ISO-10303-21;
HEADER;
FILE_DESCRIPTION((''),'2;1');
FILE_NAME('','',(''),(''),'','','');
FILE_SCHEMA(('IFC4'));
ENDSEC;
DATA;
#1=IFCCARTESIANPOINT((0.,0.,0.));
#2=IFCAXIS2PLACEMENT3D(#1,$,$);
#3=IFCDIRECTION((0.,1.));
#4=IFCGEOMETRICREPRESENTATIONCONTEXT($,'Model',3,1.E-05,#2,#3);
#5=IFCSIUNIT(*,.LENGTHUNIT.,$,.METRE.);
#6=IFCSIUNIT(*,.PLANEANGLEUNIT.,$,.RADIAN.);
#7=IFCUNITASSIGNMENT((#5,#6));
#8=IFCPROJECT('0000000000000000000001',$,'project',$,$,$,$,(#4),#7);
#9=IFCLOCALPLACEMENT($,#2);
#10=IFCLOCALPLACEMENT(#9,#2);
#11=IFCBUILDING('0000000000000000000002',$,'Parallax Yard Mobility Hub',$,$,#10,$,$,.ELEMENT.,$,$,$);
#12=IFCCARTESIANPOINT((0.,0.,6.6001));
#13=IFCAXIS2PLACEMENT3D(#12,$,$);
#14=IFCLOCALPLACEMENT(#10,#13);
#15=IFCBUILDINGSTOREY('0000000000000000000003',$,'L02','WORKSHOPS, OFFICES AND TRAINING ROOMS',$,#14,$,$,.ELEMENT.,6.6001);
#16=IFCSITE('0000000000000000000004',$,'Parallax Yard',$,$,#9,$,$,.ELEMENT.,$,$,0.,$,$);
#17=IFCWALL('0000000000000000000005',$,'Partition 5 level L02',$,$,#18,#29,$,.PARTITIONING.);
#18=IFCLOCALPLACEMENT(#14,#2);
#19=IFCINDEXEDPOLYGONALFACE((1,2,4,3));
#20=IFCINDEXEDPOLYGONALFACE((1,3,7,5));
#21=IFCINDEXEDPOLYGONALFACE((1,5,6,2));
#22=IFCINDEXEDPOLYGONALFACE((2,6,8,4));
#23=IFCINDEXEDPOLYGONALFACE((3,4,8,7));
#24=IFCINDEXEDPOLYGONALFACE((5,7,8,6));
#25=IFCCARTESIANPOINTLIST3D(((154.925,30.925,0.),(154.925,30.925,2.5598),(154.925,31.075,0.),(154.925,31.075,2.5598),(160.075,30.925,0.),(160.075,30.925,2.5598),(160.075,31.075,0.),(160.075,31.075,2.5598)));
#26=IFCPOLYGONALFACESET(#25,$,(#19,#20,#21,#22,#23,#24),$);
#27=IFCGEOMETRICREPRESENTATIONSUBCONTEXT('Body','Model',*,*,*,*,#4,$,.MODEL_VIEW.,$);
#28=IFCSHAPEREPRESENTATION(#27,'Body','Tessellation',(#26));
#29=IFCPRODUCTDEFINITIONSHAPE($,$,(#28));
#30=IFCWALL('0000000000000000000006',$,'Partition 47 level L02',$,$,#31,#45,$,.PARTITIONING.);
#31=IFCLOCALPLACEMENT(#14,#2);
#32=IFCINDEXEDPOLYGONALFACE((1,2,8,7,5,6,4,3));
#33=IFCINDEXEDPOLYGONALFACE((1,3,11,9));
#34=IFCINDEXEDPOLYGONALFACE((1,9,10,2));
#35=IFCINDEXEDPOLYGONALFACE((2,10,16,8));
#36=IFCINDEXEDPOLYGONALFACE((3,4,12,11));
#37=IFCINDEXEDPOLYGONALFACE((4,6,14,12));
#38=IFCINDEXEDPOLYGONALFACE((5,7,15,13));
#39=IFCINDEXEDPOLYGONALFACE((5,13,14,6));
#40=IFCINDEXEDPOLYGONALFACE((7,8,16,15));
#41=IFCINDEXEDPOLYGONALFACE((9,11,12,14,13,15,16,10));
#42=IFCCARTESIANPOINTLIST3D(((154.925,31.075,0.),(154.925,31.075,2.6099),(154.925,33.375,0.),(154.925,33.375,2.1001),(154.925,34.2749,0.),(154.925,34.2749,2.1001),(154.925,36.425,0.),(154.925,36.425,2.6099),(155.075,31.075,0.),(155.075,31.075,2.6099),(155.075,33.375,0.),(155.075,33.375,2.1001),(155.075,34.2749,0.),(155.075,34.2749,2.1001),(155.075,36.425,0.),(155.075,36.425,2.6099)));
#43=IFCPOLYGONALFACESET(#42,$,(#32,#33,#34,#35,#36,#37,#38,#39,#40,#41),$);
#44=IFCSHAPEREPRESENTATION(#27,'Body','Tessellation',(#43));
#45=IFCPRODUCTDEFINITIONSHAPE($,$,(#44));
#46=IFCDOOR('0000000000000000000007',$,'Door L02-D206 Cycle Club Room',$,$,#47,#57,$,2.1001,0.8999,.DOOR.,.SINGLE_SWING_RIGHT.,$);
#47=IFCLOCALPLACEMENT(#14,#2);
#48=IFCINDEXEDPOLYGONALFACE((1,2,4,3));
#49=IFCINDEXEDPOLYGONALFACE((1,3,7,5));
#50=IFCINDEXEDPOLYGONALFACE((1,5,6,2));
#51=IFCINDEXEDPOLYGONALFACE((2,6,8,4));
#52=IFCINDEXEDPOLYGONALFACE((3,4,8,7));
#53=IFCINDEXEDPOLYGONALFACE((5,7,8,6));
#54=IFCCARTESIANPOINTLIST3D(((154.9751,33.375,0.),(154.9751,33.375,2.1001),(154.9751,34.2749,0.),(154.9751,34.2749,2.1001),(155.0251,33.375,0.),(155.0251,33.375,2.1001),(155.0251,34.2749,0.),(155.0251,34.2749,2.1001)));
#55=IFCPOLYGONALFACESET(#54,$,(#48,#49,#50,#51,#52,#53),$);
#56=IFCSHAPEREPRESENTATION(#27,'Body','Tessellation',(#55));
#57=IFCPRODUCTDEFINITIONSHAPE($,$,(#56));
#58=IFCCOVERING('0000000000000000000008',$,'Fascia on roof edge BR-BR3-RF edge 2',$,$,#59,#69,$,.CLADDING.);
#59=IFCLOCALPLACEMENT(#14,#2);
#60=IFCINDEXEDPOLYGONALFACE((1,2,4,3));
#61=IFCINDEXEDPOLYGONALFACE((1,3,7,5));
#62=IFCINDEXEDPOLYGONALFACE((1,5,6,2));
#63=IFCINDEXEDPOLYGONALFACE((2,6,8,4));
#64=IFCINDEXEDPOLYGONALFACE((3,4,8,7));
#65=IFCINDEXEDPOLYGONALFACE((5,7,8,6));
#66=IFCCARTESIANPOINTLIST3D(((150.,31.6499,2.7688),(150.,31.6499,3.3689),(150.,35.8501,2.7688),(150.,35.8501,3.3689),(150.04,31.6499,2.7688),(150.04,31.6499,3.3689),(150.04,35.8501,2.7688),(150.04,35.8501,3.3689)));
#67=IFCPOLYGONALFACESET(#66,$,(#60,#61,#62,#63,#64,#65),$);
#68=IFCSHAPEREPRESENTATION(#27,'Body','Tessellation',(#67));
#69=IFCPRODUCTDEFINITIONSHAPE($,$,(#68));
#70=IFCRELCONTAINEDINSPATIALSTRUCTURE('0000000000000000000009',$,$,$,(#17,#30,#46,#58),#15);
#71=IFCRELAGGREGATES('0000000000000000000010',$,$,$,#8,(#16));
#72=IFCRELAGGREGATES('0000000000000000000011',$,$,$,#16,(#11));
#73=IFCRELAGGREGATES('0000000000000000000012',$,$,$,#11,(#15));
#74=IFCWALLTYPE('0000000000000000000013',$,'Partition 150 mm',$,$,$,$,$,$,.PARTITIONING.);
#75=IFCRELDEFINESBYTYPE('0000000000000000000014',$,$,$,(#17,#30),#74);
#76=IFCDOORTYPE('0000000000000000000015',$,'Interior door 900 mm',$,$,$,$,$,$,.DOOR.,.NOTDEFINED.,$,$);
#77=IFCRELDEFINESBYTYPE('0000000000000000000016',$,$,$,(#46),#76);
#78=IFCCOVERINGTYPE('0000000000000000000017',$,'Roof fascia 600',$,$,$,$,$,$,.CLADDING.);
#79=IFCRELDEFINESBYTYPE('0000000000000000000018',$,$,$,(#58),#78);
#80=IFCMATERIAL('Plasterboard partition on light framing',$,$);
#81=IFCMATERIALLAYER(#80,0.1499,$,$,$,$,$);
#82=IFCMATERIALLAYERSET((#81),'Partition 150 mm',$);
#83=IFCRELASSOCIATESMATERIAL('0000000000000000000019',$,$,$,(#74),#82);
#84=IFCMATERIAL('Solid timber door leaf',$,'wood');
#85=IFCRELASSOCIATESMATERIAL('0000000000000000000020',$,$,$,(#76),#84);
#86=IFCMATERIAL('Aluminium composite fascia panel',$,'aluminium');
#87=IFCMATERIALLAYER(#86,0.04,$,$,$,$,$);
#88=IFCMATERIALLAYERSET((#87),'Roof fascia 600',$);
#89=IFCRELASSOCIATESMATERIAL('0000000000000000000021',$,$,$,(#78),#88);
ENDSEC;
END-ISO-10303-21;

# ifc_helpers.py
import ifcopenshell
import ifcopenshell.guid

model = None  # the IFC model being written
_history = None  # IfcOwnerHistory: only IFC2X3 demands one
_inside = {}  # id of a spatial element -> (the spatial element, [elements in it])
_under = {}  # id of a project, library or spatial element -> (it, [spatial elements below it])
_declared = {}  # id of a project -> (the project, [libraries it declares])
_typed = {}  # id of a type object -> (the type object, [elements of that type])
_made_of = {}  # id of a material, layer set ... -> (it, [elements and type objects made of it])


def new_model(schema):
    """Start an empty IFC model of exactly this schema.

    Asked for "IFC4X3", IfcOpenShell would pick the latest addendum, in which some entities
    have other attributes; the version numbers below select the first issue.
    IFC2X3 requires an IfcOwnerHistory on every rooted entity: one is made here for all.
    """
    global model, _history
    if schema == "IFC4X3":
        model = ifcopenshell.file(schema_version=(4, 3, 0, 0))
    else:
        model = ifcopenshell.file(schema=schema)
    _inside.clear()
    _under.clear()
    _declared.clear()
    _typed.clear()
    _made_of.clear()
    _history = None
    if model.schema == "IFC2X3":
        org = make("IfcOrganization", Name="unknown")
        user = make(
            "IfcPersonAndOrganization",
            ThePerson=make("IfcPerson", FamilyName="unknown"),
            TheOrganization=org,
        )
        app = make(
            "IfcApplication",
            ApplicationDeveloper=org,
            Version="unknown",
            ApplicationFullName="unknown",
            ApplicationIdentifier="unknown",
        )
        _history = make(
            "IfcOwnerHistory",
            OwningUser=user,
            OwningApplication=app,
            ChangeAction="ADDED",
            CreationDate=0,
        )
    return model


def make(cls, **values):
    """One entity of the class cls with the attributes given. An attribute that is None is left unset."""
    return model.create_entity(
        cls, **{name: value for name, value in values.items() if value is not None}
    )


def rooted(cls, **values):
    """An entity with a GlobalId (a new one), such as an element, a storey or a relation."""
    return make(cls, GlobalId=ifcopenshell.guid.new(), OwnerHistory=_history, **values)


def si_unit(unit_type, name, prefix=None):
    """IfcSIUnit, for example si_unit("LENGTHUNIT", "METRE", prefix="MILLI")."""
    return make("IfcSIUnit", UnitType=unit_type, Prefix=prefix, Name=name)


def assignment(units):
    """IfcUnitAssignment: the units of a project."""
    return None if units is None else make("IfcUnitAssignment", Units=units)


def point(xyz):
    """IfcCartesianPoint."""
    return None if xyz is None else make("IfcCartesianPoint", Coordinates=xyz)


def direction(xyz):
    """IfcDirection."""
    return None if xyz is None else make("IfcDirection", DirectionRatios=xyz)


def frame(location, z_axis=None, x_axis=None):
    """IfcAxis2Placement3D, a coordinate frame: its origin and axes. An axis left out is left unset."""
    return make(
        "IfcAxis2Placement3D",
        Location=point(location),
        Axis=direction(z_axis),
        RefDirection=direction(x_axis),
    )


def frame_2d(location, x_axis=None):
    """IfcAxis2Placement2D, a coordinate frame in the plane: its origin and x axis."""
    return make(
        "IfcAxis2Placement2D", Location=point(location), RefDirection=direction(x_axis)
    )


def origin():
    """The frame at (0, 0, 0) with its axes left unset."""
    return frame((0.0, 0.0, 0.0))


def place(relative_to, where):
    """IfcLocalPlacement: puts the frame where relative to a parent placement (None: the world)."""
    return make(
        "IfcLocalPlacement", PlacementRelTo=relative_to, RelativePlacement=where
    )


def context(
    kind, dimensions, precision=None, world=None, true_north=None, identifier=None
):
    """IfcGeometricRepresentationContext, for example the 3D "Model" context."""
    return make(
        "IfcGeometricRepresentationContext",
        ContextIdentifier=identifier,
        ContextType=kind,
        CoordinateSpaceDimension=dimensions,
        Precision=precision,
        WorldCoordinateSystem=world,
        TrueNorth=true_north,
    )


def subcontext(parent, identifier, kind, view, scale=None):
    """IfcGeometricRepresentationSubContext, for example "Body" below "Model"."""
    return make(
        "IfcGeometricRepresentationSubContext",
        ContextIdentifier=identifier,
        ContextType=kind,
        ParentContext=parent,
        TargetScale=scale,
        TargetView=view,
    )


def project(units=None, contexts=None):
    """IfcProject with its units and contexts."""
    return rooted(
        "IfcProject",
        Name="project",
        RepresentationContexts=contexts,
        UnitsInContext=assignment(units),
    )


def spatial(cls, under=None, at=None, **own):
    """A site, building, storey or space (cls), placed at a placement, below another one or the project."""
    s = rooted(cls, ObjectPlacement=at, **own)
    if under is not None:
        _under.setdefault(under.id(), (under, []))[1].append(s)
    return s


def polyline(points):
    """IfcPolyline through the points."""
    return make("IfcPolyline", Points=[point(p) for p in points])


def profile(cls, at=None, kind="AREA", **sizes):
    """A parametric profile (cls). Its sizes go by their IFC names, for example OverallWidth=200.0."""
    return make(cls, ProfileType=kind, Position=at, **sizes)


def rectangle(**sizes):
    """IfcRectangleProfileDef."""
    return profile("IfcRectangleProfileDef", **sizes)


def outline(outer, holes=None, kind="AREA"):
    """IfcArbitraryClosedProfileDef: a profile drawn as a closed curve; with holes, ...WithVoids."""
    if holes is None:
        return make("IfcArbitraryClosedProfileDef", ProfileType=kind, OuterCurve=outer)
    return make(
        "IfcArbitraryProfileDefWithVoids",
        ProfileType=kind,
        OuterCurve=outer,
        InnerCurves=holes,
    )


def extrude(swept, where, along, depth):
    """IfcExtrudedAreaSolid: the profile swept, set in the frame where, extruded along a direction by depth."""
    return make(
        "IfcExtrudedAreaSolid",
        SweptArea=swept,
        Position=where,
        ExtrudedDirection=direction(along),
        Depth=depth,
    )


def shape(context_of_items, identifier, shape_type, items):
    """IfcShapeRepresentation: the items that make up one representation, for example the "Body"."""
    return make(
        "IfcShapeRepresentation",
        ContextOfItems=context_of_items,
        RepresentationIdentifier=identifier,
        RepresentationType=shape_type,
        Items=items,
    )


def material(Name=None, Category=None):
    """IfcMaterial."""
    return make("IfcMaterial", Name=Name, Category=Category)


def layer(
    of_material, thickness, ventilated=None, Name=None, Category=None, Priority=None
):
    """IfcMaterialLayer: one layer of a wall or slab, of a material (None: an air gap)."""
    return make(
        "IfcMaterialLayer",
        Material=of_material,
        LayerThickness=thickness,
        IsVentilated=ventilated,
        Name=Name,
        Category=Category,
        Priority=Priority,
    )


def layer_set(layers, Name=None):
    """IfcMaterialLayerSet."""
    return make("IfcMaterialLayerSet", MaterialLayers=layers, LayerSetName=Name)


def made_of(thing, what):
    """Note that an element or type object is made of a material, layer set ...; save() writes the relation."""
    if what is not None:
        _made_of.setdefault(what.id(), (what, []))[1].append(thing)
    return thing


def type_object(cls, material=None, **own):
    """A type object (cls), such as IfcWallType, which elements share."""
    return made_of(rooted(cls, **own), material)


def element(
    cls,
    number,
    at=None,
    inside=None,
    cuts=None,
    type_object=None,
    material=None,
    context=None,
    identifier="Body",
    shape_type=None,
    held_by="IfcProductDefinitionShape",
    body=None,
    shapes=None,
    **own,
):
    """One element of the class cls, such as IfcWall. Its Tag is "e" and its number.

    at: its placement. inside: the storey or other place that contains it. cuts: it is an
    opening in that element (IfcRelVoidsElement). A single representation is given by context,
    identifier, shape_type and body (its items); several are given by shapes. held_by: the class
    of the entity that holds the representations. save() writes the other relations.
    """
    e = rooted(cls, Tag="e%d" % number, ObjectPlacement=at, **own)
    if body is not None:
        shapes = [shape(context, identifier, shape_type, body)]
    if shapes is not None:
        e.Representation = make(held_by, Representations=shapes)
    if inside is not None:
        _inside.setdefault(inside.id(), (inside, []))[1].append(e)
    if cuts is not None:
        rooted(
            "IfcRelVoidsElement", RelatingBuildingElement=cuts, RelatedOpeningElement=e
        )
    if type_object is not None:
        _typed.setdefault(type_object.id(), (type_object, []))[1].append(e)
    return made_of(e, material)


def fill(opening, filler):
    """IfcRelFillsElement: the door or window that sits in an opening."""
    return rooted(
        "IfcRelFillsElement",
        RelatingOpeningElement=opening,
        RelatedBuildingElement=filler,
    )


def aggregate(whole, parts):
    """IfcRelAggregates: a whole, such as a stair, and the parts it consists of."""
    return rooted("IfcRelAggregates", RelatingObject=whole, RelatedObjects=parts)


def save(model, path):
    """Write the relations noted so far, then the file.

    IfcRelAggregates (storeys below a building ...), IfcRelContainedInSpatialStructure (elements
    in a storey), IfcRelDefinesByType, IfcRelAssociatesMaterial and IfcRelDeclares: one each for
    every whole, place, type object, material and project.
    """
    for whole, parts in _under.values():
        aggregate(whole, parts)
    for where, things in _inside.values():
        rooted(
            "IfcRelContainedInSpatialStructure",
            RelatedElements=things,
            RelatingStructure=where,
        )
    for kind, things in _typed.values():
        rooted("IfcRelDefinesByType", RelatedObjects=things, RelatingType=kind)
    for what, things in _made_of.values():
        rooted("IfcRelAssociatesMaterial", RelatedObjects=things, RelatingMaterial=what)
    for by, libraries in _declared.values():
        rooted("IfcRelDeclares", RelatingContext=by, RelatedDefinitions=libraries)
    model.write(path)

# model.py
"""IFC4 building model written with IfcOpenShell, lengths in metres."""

from ifc_helpers import new_model, si_unit, direction, frame, frame_2d, origin, place, context, subcontext, project, spatial, polyline, rectangle, outline, extrude, material, layer, layer_set, type_object, element, fill, save


model = new_model("IFC4")

# Units and contexts
model_context = context("Model", 3, precision=1e-05, world=origin(), true_north=direction((0.0, 1.0)))
body_context = subcontext(model_context, "Body", "Model", "MODEL_VIEW")
ifc_project = project(units=[si_unit("LENGTHUNIT", "METRE"), si_unit("PLANEANGLEUNIT", "RADIAN")], contexts=[model_context])

# Site, building, storey
site_placement = place(None, origin())
site = spatial("IfcSite", under=ifc_project, at=site_placement, Name="Parallax Yard", CompositionType="ELEMENT", RefElevation=0.0)
building_placement = place(site_placement, origin())
building = spatial("IfcBuilding", under=site, at=building_placement, Name="Parallax Yard Mobility Hub", CompositionType="ELEMENT")
storey_placement = place(building_placement, frame((0.0, 0.0, 6.6001)))
storey = spatial("IfcBuildingStorey", under=building, at=storey_placement, Name="L02", Description="WORKSHOPS, OFFICES AND TRAINING ROOMS", CompositionType="ELEMENT", Elevation=6.6001)

# Wall
ifc_material_1 = material(Name="Plasterboard partition on light framing")
ifc_layer_1 = layer(ifc_material_1, 0.1499)
ifc_layer_set_1 = layer_set([ifc_layer_1], Name="Partition 150 mm")
wall_type_1 = type_object("IfcWallType", Name="Partition 150 mm", PredefinedType="PARTITIONING", material=ifc_layer_set_1)
wall_1_placement = place(storey_placement, frame((154.925, 31.0, 0.0), z_axis=(0.0, 0.0, 1.0), x_axis=(1.0, 0.0, 0.0)))
element("IfcWall", 1, at=wall_1_placement, inside=storey, type_object=wall_type_1, Name="Partition 5 level L02", PredefinedType="PARTITIONING", context=body_context, shape_type="SweptSolid", body=[
    extrude(rectangle(XDim=5.1499, YDim=0.1499, at=frame_2d((2.575, 0.0))), origin(), (0.0, 0.0, 1.0), 2.5598),
])

# Wall, opening, door
wall_2_placement = place(storey_placement, frame((155.0, 31.075, 0.0), z_axis=(0.0, 0.0, 1.0), x_axis=(0.0, 1.0, 0.0)))
wall_2 = element("IfcWall", 2, at=wall_2_placement, inside=storey, type_object=wall_type_1, Name="Partition 47 level L02", PredefinedType="PARTITIONING", context=body_context, shape_type="SweptSolid", body=[
    extrude(rectangle(XDim=5.3501, YDim=0.1499, at=frame_2d((2.675, 0.0))), origin(), (0.0, 0.0, 1.0), 2.6099),
])
opening_1_placement = place(wall_2_placement, frame((2.3, 0.0, 0.0)))
opening_1 = element("IfcOpeningElement", 3, at=opening_1_placement, cuts=wall_2, PredefinedType="OPENING", context=body_context, shape_type="SweptSolid", body=[
    extrude(rectangle(XDim=0.8999, YDim=2.1001, at=frame_2d((0.45, 1.05))), frame((0.0, 0.085, 0.0), z_axis=(0.0, -1.0, 0.0), x_axis=(1.0, 0.0, 0.0)), (0.0, 0.0, 1.0), 0.1699),
])
ifc_material_2 = material(Name="Solid timber door leaf", Category="wood")
door_type_1 = type_object("IfcDoorType", Name="Interior door 900 mm", OperationType="NOTDEFINED", PredefinedType="DOOR", material=ifc_material_2)
door_1_placement = place(opening_1_placement, origin())
door_1 = element("IfcDoor", 4, at=door_1_placement, inside=storey, type_object=door_type_1, Name="Door L02-D206 Cycle Club Room", OperationType="SINGLE_SWING_RIGHT", OverallHeight=2.1001, OverallWidth=0.8999, PredefinedType="DOOR", context=body_context, shape_type="SweptSolid", body=[
    extrude(rectangle(XDim=0.8999, YDim=2.1001, at=frame_2d((0.45, 1.05))), frame((0.0, 0.0249, 0.0), z_axis=(0.0, -1.0, 0.0), x_axis=(1.0, 0.0, 0.0)), (0.0, 0.0, 1.0), 0.05),
])
fill(opening_1, door_1)

# Covering
ifc_material_3 = material(Name="Aluminium composite fascia panel", Category="aluminium")
ifc_layer_2 = layer(ifc_material_3, 0.04)
ifc_layer_set_2 = layer_set([ifc_layer_2], Name="Roof fascia 600")
covering_type = type_object("IfcCoveringType", Name="Roof fascia 600", PredefinedType="CLADDING", material=ifc_layer_set_2)
covering_placement = place(storey_placement, frame((150.0, 31.6499, 3.3689), z_axis=(-1.0, 0.0, 0.0), x_axis=(0.0, 1.0, 0.0)))
element("IfcCovering", 5, at=covering_placement, inside=storey, type_object=covering_type, Name="Fascia on roof edge BR-BR3-RF edge 2", PredefinedType="CLADDING", context=body_context, shape_type="SweptSolid", body=[
    extrude(outline(polyline([(0.0, 0.0), (4.2002, 0.0), (4.2002, 0.6001), (0.0, 0.6001), (0.0, 0.0)])), origin(), (0.0, 0.0, -1.0), 0.04),
])

save(model, "model.ifc")
